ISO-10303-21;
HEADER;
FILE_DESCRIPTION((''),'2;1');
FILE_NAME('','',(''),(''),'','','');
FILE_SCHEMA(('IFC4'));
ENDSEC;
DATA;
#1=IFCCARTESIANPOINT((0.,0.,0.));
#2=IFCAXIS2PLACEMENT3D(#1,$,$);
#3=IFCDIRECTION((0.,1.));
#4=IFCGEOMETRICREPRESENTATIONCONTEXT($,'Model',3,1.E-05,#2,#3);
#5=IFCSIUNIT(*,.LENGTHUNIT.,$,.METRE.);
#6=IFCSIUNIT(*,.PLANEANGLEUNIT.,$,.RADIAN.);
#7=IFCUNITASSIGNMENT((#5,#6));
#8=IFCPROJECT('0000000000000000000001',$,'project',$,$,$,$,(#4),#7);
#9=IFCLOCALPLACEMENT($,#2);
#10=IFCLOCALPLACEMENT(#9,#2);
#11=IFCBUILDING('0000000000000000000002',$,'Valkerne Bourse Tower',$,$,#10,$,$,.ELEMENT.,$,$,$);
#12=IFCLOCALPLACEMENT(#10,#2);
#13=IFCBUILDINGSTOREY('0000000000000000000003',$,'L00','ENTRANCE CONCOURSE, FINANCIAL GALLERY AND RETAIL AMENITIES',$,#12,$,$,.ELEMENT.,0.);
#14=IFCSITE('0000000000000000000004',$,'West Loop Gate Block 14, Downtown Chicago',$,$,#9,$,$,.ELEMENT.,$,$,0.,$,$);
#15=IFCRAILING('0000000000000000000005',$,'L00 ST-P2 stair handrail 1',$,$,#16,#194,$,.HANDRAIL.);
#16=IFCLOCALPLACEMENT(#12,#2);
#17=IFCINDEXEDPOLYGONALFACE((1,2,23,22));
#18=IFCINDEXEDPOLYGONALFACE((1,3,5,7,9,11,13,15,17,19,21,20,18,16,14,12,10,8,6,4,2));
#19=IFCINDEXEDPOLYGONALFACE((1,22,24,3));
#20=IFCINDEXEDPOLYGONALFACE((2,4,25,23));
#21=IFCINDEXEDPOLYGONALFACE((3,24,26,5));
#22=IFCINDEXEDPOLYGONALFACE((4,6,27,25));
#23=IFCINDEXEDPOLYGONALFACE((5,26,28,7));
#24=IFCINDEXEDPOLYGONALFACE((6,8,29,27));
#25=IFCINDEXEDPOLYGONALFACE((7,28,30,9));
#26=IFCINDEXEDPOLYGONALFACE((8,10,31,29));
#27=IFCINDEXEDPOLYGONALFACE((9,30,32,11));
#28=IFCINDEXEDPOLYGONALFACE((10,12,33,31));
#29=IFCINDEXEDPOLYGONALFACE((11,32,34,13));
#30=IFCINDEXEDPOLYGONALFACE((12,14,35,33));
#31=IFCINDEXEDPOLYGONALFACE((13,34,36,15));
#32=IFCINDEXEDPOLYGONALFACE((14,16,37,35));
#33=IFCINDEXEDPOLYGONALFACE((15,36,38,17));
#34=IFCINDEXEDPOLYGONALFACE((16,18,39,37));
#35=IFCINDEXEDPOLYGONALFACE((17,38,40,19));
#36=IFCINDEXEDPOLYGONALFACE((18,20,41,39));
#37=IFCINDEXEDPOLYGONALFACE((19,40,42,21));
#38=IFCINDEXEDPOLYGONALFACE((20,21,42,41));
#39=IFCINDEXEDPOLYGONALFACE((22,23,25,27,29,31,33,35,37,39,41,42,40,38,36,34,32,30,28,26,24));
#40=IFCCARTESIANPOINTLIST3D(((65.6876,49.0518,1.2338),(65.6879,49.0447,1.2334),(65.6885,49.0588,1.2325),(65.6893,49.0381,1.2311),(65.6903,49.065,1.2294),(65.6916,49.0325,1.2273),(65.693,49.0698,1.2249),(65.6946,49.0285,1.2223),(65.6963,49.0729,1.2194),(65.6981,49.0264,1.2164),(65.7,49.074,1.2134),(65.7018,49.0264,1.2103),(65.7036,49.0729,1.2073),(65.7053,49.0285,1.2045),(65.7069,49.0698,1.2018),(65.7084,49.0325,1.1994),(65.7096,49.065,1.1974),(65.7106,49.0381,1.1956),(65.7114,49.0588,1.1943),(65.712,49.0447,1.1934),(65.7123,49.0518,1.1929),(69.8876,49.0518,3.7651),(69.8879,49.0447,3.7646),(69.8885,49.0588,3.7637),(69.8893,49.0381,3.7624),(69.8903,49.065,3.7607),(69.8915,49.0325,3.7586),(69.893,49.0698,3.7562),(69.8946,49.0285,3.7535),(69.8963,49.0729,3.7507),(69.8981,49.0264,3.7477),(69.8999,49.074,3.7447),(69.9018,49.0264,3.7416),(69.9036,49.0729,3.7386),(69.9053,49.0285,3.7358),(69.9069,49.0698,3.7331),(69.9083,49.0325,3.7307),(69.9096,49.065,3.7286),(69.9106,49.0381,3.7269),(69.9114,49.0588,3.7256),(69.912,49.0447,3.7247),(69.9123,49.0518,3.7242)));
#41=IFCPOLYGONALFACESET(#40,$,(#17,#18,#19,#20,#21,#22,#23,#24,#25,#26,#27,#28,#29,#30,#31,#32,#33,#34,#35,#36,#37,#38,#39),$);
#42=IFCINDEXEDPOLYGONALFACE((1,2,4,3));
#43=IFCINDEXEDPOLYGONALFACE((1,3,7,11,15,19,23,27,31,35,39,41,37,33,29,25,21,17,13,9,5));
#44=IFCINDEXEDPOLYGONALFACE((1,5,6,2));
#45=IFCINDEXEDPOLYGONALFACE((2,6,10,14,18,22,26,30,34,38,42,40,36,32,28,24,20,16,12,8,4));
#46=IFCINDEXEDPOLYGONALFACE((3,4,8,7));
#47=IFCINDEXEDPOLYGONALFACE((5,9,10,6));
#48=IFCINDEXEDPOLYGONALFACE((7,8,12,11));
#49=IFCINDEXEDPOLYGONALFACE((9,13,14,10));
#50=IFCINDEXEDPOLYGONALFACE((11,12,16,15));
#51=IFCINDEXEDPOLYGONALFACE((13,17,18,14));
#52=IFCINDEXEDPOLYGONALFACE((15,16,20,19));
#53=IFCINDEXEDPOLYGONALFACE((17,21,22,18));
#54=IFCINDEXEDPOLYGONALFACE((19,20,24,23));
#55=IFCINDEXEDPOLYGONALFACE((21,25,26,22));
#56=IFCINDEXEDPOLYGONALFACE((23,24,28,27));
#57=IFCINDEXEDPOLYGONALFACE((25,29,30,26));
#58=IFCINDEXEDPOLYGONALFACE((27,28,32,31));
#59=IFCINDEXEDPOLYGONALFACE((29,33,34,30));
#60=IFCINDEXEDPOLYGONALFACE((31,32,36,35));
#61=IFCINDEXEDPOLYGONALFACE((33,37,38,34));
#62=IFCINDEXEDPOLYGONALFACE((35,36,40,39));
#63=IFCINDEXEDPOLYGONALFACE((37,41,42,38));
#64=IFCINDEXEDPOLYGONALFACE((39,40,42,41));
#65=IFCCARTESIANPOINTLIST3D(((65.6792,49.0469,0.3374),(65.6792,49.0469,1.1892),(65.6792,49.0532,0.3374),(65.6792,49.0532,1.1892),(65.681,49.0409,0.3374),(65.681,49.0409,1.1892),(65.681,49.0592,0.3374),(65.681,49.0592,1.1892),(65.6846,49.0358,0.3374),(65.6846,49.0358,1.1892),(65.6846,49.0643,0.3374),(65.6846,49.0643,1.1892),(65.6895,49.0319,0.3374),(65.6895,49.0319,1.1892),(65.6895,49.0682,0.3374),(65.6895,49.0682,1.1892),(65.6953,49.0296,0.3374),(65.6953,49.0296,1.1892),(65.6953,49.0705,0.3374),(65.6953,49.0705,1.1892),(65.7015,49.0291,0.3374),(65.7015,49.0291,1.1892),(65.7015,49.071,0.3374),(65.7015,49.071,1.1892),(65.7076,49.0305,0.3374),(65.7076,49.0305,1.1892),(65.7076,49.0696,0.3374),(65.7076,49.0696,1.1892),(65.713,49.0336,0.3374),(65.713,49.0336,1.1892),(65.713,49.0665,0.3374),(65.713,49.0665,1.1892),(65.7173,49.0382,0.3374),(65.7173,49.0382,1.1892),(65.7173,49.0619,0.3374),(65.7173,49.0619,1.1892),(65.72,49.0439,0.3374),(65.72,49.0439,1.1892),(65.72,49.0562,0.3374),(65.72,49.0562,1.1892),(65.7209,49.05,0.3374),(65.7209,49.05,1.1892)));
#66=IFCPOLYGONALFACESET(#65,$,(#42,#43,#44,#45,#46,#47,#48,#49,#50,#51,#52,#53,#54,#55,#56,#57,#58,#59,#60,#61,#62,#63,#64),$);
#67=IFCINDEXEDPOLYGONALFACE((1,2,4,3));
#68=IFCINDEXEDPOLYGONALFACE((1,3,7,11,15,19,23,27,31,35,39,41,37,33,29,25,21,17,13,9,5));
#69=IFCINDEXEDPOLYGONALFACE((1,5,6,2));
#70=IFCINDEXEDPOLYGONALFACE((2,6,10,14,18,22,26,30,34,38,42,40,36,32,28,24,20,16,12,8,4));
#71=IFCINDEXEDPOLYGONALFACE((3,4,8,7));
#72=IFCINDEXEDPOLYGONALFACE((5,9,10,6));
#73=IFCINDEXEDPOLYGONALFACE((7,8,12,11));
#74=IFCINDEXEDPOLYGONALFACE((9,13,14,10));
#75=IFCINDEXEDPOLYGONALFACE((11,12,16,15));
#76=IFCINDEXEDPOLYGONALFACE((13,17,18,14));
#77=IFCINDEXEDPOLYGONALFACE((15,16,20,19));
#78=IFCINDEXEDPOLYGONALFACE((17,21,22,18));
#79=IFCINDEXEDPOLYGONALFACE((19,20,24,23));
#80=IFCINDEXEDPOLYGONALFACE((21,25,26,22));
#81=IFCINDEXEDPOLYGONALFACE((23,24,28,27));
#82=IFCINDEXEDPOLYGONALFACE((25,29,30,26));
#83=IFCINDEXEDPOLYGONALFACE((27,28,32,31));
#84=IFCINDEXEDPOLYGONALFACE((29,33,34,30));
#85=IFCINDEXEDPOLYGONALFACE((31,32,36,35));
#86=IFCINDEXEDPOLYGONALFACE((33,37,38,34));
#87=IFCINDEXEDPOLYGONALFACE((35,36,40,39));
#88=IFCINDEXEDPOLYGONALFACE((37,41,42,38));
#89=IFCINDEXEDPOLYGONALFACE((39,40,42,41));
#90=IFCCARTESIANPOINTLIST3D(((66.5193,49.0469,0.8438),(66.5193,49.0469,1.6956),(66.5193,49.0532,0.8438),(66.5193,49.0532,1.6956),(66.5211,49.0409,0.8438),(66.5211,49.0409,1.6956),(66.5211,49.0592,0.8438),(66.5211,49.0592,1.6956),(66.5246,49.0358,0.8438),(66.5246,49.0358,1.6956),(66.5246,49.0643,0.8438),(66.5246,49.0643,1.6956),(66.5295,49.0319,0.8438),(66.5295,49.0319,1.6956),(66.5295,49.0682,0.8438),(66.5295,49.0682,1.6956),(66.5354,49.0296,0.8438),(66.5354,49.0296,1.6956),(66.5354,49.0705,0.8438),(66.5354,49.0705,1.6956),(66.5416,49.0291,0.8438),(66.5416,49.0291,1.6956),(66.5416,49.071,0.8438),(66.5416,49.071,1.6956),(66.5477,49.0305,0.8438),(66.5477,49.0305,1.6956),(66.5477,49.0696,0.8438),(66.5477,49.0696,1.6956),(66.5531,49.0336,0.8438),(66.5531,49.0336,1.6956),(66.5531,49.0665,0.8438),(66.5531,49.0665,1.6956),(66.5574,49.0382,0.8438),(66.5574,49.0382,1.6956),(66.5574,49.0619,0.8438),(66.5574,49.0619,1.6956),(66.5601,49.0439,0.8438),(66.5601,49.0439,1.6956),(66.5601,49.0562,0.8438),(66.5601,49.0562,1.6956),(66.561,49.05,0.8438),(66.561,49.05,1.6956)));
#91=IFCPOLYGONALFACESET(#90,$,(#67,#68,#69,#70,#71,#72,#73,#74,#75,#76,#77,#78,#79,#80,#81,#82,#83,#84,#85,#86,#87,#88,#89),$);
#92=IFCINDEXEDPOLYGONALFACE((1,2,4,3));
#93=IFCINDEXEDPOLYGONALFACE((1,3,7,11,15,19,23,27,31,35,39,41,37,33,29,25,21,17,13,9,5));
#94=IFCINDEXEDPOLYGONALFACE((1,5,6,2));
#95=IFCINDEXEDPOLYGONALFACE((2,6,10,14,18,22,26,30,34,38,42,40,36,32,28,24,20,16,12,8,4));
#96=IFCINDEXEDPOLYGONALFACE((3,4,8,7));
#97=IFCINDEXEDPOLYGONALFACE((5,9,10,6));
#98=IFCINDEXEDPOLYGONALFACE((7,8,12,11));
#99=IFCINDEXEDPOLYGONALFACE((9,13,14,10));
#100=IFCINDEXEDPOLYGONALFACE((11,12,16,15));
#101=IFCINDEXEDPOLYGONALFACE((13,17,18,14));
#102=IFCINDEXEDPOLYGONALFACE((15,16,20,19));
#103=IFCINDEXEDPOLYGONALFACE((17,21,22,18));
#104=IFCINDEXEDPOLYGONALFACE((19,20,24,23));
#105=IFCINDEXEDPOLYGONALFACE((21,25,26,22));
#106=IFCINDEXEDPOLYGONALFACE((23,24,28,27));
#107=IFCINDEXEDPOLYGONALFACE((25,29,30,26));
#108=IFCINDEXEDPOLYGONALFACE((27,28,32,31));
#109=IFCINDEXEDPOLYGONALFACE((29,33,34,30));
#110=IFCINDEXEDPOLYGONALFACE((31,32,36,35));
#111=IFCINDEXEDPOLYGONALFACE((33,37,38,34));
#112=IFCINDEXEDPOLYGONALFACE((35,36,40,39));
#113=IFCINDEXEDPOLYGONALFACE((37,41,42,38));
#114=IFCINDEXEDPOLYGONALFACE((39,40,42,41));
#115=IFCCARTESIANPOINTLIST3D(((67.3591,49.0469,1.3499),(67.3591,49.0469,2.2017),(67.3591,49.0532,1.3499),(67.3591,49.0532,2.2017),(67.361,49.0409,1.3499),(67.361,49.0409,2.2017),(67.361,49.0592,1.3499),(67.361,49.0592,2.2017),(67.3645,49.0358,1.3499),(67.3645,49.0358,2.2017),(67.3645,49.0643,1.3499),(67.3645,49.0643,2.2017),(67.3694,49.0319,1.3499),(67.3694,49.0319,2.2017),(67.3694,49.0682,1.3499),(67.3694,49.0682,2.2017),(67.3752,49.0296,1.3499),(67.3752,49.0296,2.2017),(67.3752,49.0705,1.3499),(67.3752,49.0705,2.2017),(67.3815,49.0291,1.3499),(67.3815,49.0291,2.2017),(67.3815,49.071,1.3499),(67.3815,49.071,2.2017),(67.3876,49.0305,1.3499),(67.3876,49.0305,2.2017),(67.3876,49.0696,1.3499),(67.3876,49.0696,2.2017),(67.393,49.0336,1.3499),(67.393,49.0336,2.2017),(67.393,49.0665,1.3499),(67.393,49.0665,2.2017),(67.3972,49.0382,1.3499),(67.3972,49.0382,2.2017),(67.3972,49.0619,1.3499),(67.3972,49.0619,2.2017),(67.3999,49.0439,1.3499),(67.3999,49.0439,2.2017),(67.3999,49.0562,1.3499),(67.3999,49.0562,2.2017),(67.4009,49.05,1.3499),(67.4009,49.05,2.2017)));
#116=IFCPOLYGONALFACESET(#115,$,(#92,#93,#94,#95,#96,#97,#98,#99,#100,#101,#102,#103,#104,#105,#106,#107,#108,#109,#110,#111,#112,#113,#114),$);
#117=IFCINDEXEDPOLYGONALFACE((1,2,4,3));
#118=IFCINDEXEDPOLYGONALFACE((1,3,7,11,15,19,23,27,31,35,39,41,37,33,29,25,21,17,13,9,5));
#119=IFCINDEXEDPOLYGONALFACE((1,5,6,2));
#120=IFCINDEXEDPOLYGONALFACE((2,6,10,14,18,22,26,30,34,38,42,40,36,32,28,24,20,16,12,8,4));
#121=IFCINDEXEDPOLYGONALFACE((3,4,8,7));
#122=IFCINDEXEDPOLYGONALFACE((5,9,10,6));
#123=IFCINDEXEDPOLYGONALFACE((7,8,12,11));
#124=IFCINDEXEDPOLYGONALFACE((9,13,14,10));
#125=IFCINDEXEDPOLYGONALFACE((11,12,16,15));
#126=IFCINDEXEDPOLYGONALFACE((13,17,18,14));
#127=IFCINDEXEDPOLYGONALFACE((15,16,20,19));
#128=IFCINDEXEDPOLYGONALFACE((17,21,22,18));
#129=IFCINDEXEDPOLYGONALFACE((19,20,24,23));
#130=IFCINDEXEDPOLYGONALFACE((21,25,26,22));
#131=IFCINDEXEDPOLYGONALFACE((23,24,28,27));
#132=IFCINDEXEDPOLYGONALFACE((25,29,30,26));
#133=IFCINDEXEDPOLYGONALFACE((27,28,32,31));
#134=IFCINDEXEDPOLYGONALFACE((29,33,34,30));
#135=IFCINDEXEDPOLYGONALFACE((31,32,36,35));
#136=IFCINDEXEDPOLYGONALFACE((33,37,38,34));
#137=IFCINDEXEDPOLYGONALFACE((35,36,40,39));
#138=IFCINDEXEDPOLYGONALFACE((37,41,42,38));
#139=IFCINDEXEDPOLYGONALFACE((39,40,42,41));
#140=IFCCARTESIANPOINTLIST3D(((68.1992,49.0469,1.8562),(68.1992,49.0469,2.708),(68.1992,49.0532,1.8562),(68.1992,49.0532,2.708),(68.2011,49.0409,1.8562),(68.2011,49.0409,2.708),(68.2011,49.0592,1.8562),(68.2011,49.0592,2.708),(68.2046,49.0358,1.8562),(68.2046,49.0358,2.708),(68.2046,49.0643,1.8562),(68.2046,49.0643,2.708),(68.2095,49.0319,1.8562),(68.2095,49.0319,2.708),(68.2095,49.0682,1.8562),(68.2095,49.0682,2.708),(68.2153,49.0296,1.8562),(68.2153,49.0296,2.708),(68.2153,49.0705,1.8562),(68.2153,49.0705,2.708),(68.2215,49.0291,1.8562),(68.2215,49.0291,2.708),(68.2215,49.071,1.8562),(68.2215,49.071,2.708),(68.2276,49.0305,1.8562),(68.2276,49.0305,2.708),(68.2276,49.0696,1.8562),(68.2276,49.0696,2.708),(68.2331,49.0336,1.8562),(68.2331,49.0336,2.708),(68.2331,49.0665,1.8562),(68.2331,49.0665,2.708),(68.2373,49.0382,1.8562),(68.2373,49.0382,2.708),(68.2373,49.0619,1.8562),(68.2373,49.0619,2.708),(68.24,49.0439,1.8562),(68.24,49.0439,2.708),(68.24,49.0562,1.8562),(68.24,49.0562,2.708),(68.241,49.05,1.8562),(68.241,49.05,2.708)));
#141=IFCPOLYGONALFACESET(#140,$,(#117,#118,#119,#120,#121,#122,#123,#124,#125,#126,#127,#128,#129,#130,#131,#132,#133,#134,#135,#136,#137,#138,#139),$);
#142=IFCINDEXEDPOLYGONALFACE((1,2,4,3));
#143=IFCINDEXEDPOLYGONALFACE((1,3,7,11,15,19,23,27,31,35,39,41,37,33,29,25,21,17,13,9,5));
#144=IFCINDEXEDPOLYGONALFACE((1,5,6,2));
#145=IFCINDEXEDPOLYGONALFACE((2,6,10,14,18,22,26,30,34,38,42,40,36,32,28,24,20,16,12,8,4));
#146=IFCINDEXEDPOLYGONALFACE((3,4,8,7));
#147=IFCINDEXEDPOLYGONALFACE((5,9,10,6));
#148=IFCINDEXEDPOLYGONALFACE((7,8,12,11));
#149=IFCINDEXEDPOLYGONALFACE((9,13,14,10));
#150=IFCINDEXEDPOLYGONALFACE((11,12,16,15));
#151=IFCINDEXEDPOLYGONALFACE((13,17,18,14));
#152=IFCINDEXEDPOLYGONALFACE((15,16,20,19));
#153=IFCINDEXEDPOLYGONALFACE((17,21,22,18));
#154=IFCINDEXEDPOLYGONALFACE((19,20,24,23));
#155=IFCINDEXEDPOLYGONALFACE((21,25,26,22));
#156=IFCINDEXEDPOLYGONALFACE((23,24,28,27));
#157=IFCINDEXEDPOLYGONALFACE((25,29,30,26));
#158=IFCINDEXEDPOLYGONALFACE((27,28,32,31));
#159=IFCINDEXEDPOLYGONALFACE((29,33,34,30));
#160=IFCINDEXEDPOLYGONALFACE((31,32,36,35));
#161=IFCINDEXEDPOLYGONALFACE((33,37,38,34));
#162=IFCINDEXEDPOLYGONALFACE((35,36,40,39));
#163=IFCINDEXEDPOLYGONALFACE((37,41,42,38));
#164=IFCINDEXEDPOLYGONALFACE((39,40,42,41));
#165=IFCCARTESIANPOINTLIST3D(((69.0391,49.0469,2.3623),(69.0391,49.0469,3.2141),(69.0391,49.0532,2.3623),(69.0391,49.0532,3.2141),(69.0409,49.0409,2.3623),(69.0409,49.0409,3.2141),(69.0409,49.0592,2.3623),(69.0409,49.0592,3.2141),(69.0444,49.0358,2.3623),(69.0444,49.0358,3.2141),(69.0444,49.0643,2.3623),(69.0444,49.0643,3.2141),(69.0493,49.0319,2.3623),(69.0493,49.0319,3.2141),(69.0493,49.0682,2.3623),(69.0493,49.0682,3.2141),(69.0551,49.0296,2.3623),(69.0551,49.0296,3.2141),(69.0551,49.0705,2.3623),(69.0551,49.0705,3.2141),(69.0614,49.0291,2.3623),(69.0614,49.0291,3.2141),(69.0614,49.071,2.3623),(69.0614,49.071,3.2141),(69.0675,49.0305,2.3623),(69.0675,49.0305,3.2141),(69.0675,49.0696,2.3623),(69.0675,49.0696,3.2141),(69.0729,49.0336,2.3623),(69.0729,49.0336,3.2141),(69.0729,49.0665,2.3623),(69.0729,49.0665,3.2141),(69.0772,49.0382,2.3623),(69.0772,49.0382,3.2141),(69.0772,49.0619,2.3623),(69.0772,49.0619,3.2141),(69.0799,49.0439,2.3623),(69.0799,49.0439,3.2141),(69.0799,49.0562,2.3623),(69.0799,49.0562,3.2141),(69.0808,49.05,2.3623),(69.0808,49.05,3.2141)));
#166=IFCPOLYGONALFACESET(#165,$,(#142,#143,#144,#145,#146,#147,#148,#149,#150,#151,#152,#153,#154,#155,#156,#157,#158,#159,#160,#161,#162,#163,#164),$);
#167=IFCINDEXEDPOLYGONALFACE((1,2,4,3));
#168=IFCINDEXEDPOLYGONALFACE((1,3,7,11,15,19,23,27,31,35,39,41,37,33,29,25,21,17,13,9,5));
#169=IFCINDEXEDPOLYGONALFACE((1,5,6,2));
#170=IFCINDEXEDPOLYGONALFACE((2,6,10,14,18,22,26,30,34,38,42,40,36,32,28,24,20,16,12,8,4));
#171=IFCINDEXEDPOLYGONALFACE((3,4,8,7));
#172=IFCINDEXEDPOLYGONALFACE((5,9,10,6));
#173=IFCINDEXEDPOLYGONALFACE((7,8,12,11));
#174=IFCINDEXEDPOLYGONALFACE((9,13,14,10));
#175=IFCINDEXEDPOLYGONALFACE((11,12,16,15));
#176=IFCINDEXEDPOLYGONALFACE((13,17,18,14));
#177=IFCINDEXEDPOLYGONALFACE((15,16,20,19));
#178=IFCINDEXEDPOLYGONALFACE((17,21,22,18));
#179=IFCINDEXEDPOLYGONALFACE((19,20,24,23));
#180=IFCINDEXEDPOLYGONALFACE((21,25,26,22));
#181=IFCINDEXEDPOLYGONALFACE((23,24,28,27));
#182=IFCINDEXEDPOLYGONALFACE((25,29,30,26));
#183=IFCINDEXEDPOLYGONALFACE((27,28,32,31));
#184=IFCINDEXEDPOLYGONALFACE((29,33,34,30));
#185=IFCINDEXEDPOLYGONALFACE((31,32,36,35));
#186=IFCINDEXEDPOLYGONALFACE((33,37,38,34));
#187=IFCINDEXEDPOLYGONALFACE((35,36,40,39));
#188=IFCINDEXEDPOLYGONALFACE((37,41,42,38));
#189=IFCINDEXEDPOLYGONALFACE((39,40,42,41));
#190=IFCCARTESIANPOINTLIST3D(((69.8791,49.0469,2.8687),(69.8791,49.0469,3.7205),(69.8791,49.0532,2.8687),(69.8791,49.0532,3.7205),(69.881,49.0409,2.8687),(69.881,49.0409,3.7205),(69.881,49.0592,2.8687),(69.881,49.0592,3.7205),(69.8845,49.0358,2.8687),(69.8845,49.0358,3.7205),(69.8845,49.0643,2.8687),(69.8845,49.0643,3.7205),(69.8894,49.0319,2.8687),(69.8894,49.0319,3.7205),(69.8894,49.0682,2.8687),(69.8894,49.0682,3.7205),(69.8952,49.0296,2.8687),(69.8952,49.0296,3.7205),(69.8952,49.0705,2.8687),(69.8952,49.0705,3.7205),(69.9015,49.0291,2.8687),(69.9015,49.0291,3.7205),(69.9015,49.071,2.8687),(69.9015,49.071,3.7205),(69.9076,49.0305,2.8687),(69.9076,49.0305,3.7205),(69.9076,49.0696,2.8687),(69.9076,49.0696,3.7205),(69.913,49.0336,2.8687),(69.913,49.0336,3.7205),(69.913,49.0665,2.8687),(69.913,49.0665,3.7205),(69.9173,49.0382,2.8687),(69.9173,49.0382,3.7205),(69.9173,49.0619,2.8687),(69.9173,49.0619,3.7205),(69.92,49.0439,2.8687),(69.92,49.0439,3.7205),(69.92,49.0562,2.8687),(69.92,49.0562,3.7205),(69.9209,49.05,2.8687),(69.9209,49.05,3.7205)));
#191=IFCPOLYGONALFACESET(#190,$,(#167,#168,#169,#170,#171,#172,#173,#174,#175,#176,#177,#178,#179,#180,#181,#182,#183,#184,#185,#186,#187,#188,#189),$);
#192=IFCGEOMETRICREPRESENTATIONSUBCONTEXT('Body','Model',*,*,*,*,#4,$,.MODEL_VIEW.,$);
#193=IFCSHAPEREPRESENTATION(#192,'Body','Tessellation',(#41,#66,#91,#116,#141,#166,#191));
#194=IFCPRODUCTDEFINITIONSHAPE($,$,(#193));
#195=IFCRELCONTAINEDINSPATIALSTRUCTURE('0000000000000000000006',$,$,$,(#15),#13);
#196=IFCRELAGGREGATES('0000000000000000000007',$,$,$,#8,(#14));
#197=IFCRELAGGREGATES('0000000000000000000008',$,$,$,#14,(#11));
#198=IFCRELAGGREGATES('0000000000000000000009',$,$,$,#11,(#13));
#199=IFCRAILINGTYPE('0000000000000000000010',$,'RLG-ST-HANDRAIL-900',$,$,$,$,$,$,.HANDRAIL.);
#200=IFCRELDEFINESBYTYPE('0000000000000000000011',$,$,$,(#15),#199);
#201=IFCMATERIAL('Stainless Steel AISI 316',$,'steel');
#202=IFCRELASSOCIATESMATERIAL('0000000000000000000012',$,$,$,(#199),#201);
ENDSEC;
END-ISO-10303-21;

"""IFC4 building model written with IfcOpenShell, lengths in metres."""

from ifc_helpers import new_model, si_unit, direction, frame, origin, origin_2d, place, context, subcontext, project, spatial, circle, extrude, material, type_object, element, save


model = new_model("IFC4")

# Units and contexts
model_context = context("Model", 3, precision=1e-05, world=origin(), true_north=direction((0.0, 1.0)))
body_context = subcontext(model_context, "Body", "Model", "MODEL_VIEW")
ifc_project = project(units=[si_unit("LENGTHUNIT", "METRE"), si_unit("PLANEANGLEUNIT", "RADIAN")], contexts=[model_context])

# Site, building, storey
site_placement = place(None, origin())
site = spatial("IfcSite", under=ifc_project, at=site_placement, Name="West Loop Gate Block 14, Downtown Chicago", CompositionType="ELEMENT", RefElevation=0.0)
building_placement = place(site_placement, origin())
building = spatial("IfcBuilding", under=site, at=building_placement, Name="Valkerne Bourse Tower", CompositionType="ELEMENT")
storey_placement = place(building_placement, origin())
storey = spatial("IfcBuildingStorey", under=building, at=storey_placement, Name="L00", Description="ENTRANCE CONCOURSE, FINANCIAL GALLERY AND RETAIL AMENITIES", CompositionType="ELEMENT", Elevation=0.0)

# Railing
ifc_material_1 = material(Name="Stainless Steel AISI 316", Category="steel")
railing_type_1 = type_object("IfcRailingType", Name="RLG-ST-HANDRAIL-900", PredefinedType="HANDRAIL", material=ifc_material_1)
railing_1_placement = place(storey_placement, frame((65.7, 49.05, 0.3374)))
element("IfcRailing", 1, at=railing_1_placement, inside=storey, type_object=railing_type_1, Name="L00 ST-P2 stair handrail 1", PredefinedType="HANDRAIL", context=body_context, shape_type="SweptSolid", body=[
    extrude(circle(Radius=0.0239, at=origin_2d()), frame((0.0, 0.0, 0.876), z_axis=(0.856476, 0.0, 0.516186), x_axis=(0.0, 1.0, 0.0)), (0.0, 0.0, 1.0), 4.9038),
    extrude(circle(Radius=0.021, at=origin_2d()), origin(), (0.0, 0.0, 1.0), 0.8518),
    extrude(circle(Radius=0.021, at=origin_2d()), frame((0.8401, 0.0, 0.5063)), (0.0, 0.0, 1.0), 0.8518),
    extrude(circle(Radius=0.021, at=origin_2d()), frame((1.6799, 0.0, 1.0125)), (0.0, 0.0, 1.0), 0.8518),
    extrude(circle(Radius=0.021, at=origin_2d()), frame((2.52, 0.0, 1.5188)), (0.0, 0.0, 1.0), 0.8518),
    extrude(circle(Radius=0.021, at=origin_2d()), frame((3.3599, 0.0, 2.0249)), (0.0, 0.0, 1.0), 0.8518),
    extrude(circle(Radius=0.021, at=origin_2d()), frame((4.2, 0.0, 2.5312)), (0.0, 0.0, 1.0), 0.8518),
])

save(model, "model.ifc")
